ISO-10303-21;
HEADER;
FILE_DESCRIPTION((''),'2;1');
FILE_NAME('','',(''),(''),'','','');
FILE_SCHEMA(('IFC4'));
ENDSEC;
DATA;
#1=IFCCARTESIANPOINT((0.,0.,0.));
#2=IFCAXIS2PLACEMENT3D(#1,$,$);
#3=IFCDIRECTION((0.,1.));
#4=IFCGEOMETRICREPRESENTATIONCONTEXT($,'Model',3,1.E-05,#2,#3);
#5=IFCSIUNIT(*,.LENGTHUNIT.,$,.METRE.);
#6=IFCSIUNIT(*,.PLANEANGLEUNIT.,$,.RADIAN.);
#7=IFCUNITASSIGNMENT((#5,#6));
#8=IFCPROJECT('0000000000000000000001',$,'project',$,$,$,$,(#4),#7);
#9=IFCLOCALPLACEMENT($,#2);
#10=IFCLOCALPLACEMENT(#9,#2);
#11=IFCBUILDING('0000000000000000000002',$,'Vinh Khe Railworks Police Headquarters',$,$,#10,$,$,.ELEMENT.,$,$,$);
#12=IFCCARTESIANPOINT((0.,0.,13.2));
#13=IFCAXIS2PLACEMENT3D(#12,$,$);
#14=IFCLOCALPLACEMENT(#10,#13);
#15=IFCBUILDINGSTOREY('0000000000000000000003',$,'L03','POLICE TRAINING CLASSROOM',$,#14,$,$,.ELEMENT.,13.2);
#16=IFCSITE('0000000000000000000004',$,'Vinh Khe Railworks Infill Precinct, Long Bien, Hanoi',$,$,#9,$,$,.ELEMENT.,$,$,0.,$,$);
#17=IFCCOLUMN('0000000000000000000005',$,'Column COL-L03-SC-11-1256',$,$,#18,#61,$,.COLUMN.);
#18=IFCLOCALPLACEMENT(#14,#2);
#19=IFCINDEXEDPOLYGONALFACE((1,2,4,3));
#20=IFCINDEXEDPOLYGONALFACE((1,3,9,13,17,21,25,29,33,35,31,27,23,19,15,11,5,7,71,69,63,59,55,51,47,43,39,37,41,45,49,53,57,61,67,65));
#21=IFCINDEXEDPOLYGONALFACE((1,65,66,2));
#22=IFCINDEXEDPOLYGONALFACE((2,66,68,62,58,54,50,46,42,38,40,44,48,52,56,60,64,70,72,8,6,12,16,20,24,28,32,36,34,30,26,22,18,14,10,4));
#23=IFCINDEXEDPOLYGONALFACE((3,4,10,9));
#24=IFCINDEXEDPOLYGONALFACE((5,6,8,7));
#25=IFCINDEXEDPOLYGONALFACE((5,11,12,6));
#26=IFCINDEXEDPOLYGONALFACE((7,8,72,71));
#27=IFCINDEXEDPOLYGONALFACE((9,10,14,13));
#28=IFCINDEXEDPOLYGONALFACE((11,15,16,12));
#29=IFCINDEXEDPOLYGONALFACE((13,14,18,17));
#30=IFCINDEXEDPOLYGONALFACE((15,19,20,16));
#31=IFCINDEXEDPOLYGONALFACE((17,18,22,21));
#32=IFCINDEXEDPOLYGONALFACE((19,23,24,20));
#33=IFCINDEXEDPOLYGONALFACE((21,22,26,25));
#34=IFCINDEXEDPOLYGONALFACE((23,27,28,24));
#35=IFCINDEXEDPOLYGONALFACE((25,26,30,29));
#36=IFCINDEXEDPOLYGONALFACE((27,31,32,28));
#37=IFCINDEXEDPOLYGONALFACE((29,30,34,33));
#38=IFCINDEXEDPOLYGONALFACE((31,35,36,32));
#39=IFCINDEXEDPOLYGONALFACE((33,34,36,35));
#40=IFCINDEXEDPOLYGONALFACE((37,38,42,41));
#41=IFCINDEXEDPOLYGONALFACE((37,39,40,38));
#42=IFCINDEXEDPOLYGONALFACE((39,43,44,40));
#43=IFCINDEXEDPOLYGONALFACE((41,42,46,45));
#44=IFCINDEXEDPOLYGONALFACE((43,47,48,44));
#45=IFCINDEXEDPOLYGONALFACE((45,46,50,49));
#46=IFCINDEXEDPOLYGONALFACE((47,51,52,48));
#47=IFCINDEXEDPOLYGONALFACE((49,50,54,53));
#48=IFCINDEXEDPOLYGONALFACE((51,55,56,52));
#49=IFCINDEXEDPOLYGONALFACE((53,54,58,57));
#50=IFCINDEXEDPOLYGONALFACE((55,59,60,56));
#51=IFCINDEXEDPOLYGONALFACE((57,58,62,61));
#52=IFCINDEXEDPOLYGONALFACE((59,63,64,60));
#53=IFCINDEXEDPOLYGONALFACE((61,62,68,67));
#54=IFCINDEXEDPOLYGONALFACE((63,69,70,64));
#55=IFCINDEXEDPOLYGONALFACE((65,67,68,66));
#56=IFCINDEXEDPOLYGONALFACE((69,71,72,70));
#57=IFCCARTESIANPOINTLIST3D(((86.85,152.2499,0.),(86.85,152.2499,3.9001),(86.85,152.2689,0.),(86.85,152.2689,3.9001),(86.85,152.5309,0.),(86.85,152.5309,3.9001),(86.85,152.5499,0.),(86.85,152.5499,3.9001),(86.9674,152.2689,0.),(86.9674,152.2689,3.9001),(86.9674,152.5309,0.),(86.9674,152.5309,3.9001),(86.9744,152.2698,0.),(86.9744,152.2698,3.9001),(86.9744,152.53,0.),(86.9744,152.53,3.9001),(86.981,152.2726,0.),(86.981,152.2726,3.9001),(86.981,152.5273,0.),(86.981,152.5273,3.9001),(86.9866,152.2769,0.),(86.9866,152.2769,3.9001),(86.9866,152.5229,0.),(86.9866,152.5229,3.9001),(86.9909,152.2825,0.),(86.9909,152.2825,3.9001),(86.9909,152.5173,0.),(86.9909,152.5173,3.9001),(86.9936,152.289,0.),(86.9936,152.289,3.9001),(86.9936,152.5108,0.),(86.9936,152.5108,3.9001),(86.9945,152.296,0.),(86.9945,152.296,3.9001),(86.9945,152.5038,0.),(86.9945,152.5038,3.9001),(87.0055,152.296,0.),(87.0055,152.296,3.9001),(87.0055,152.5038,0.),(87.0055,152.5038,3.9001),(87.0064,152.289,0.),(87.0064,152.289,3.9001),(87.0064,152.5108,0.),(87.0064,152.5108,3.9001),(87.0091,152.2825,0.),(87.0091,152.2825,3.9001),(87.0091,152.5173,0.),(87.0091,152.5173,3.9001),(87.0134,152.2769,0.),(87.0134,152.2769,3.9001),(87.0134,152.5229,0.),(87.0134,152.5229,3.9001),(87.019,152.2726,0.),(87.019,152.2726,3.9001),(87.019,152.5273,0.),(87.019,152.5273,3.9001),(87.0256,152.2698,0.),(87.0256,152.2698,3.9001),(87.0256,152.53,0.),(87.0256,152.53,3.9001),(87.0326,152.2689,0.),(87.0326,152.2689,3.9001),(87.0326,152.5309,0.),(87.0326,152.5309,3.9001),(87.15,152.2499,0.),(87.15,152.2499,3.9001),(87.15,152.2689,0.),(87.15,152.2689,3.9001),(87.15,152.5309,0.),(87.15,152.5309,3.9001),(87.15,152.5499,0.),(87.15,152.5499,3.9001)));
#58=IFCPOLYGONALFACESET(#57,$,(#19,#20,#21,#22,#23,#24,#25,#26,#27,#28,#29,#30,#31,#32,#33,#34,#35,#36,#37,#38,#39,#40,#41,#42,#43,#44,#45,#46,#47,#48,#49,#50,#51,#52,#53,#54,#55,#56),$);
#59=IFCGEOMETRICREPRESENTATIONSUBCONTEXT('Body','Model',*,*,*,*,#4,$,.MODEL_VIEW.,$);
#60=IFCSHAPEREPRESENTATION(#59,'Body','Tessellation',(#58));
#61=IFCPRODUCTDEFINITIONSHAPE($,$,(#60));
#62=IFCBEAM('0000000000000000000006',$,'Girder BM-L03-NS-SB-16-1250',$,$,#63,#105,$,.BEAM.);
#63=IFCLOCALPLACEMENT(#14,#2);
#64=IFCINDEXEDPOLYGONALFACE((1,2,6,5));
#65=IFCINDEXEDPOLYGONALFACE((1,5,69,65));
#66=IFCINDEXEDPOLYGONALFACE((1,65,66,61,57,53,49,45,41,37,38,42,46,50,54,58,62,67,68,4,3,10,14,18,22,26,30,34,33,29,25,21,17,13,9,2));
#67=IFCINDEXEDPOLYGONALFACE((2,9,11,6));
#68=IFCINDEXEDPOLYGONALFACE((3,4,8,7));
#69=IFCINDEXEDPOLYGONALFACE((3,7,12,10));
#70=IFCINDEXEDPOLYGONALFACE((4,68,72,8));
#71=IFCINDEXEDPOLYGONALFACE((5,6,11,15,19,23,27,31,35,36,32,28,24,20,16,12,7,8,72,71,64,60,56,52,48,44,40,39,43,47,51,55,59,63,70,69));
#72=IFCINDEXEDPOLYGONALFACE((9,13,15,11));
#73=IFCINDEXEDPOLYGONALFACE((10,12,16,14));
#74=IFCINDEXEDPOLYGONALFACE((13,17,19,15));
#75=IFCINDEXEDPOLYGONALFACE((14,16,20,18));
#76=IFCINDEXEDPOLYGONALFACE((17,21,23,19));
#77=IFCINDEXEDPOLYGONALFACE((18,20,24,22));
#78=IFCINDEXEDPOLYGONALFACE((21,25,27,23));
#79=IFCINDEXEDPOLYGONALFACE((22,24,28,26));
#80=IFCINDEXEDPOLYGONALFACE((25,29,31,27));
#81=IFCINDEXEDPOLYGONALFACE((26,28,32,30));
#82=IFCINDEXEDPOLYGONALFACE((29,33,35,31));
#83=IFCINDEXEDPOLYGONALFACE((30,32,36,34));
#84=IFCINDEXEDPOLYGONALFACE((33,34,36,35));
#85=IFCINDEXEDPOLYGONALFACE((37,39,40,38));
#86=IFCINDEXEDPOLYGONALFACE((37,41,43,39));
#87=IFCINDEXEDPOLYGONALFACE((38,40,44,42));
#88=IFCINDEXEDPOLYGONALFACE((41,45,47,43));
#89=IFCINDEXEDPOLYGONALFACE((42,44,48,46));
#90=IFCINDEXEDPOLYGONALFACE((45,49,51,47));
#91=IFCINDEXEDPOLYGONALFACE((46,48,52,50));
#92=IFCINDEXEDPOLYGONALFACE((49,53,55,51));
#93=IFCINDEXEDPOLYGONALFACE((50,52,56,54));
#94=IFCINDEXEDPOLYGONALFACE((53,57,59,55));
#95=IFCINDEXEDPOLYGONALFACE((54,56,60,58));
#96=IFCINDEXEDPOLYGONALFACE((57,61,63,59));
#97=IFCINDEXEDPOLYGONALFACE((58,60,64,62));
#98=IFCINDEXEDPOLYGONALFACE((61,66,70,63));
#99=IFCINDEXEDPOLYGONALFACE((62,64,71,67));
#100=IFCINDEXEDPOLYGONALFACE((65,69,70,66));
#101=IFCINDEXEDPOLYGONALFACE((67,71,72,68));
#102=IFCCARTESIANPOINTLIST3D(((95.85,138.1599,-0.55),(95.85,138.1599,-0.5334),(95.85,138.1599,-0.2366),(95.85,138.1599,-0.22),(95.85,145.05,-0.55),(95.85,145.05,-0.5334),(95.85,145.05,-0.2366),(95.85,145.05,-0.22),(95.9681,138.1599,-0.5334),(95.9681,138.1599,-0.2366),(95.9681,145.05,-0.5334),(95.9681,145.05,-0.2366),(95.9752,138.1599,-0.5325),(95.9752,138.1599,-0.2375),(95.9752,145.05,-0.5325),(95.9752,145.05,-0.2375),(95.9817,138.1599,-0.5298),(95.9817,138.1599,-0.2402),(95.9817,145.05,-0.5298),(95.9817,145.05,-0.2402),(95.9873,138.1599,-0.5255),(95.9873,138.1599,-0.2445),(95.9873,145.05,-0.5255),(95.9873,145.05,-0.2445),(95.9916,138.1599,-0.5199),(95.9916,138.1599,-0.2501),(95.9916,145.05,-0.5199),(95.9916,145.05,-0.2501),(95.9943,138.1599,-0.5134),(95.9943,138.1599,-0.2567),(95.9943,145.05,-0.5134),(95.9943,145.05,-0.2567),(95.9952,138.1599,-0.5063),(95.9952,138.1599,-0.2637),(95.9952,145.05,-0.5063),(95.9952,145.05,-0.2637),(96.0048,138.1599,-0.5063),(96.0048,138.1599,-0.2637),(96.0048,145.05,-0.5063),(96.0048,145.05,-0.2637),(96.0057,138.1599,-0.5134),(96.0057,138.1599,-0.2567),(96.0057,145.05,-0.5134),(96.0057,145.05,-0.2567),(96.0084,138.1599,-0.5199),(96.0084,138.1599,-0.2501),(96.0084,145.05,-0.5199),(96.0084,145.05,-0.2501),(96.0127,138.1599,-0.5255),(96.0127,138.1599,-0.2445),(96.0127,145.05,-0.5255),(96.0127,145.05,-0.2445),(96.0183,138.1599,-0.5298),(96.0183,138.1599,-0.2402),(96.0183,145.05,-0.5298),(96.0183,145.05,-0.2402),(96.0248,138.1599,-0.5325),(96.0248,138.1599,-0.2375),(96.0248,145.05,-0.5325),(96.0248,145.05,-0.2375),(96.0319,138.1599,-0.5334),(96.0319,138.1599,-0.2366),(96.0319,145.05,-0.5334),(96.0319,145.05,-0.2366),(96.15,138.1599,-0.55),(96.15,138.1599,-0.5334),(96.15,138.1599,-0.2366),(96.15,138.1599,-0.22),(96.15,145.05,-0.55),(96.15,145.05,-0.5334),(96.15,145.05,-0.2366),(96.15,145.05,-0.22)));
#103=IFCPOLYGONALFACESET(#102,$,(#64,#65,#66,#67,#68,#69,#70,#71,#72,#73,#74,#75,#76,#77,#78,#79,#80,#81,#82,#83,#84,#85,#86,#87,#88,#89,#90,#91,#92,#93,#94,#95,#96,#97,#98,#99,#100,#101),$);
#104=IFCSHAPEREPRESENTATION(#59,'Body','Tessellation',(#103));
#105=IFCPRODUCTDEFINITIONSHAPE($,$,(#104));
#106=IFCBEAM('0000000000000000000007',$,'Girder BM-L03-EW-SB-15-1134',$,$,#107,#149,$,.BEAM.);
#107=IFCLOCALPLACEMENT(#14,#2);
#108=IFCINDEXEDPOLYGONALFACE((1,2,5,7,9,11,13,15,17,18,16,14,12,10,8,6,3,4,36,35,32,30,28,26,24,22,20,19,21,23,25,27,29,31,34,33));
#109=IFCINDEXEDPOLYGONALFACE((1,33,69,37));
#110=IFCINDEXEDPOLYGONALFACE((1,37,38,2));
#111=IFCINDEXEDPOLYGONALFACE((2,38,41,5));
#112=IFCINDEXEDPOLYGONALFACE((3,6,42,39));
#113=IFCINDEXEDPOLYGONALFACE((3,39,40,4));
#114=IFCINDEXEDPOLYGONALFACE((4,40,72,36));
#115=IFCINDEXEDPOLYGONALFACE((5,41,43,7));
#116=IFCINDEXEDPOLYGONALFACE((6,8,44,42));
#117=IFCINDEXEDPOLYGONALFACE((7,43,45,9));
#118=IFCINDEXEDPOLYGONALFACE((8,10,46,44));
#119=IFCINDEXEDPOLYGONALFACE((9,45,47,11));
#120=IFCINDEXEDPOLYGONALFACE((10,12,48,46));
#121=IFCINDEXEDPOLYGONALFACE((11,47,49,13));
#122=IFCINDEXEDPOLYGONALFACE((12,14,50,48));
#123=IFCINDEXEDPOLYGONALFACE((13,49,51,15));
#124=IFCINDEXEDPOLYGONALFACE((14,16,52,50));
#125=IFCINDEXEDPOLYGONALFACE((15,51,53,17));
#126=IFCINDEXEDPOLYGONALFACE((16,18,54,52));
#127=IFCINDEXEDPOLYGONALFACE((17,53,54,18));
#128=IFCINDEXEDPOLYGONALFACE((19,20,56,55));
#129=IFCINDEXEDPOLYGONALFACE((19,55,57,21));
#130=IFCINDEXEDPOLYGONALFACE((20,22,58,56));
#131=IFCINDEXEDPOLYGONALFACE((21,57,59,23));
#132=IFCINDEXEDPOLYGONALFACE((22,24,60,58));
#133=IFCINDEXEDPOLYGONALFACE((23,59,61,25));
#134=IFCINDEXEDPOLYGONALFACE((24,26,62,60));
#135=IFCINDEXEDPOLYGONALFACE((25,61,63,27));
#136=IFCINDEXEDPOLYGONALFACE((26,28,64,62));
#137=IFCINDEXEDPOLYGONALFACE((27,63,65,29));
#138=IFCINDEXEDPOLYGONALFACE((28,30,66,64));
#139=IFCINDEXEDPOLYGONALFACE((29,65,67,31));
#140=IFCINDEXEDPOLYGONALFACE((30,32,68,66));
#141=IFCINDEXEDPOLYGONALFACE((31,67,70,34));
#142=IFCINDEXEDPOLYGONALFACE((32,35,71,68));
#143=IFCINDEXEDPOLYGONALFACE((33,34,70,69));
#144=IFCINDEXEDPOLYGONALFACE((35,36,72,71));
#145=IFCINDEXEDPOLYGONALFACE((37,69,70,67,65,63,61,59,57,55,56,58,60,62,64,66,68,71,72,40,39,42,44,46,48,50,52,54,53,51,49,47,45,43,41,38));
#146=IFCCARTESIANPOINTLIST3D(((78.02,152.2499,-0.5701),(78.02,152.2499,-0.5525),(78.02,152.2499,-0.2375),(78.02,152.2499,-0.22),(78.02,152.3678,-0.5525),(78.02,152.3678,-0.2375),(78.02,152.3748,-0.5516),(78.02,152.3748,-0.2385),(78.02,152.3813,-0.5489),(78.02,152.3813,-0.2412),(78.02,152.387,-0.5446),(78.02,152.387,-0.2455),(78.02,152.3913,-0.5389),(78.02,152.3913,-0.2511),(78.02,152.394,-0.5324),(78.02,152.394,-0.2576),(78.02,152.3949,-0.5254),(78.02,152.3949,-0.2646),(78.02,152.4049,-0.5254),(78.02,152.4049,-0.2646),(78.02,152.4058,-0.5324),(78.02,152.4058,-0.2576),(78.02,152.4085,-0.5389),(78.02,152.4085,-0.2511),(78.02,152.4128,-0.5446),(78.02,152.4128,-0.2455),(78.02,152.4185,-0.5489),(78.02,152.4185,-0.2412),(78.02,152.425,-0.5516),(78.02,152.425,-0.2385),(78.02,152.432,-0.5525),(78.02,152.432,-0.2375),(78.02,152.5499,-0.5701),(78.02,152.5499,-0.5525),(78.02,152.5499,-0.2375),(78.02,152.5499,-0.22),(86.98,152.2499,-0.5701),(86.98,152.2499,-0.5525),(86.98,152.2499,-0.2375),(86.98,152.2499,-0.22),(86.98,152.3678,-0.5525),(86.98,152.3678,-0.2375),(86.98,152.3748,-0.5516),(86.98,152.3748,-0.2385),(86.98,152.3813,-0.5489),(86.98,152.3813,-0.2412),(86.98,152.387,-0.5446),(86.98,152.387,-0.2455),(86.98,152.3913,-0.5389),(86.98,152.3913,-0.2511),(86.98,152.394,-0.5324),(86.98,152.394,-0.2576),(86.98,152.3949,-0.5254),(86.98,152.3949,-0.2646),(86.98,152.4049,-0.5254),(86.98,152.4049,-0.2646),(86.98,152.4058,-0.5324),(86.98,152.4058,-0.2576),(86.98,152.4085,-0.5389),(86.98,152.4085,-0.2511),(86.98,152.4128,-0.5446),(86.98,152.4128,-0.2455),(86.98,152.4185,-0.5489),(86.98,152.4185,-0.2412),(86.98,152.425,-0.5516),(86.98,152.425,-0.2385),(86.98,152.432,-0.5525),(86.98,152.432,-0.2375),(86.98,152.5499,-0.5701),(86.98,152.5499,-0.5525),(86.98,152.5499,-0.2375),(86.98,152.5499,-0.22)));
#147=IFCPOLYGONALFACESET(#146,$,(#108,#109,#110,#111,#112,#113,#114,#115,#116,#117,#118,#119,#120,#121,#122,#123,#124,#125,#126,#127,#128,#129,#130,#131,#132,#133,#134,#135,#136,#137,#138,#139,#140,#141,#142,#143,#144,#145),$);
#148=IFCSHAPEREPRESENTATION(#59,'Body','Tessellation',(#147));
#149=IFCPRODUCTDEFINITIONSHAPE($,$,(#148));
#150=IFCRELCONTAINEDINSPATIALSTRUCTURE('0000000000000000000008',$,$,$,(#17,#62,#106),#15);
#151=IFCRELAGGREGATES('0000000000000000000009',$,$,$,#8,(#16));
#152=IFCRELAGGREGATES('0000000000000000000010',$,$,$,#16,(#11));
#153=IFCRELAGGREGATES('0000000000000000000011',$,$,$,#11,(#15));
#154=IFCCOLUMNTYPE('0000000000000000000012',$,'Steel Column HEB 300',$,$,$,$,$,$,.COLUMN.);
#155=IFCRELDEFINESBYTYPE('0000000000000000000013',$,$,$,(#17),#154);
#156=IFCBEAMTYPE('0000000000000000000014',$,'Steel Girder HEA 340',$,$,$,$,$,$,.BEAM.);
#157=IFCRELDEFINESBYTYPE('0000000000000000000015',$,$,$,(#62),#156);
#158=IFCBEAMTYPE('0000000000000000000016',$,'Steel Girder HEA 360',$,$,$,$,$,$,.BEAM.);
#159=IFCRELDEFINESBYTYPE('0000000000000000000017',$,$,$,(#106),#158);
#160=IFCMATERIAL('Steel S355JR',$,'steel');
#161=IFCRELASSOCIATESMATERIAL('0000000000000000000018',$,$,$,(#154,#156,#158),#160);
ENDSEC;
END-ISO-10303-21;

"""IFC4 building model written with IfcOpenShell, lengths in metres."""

from ifc_helpers import new_model, si_unit, direction, frame, origin, origin_2d, place, context, subcontext, project, spatial, i_section, extrude, material, material_profile, profile_set, type_object, element, save


model = new_model("IFC4")

# Units and contexts
model_context = context("Model", 3, precision=1e-05, world=origin(), true_north=direction((0.0, 1.0)))
body_context = subcontext(model_context, "Body", "Model", "MODEL_VIEW")
ifc_project = project(units=[si_unit("LENGTHUNIT", "METRE"), si_unit("PLANEANGLEUNIT", "RADIAN")], contexts=[model_context])

# Site, building, storey
site_placement = place(None, origin())
site = spatial("IfcSite", under=ifc_project, at=site_placement, Name="Vinh Khe Railworks Infill Precinct, Long Bien, Hanoi", CompositionType="ELEMENT", RefElevation=0.0)
building_placement = place(site_placement, origin())
building = spatial("IfcBuilding", under=site, at=building_placement, Name="Vinh Khe Railworks Police Headquarters", CompositionType="ELEMENT")
storey_placement = place(building_placement, frame((0.0, 0.0, 13.2)))
storey = spatial("IfcBuildingStorey", under=building, at=storey_placement, Name="L03", Description="POLICE TRAINING CLASSROOM", CompositionType="ELEMENT", Elevation=13.2)

# Column
ifc_material_1 = material(Name="Steel S355JR", Category="steel")
ifc_material_profile_1 = material_profile(ifc_material_1, i_section(OverallWidth=0.3, OverallDepth=0.3, WebThickness=0.011, FlangeThickness=0.019, FilletRadius=0.0271, at=origin_2d()), Name="HEB 300")
ifc_profile_set_1 = profile_set([ifc_material_profile_1], Name="Steel S355JR")
column_type_1 = type_object("IfcColumnType", Name="Steel Column HEB 300", PredefinedType="COLUMN", material=ifc_profile_set_1)
column_placement = place(storey_placement, frame((87.0, 152.3999, 0.0), z_axis=(0.0, 0.0, 1.0), x_axis=(1.0, 0.0, 0.0)))
element("IfcColumn", 1, at=column_placement, inside=storey, type_object=column_type_1, Name="Column COL-L03-SC-11-1256", PredefinedType="COLUMN", context=body_context, shape_type="SweptSolid", body=[
    extrude(i_section(OverallWidth=0.3, OverallDepth=0.3, WebThickness=0.011, FlangeThickness=0.019, FilletRadius=0.0271, at=origin_2d()), origin(), (0.0, 0.0, 1.0), 3.9001),
])

# Beams
ifc_material_profile_2 = material_profile(ifc_material_1, i_section(OverallWidth=0.3, OverallDepth=0.3301, WebThickness=0.0095, FlangeThickness=0.0166, FilletRadius=0.0271, at=origin_2d()), Name="HEA 340")
ifc_profile_set_2 = profile_set([ifc_material_profile_2], Name="Steel S355JR")
beam_type_1 = type_object("IfcBeamType", Name="Steel Girder HEA 340", PredefinedType="BEAM", material=ifc_profile_set_2)
beam_1_placement = place(storey_placement, frame((96.0, 138.1599, -0.385), z_axis=(0.0, 1.0, 0.0), x_axis=(-1.0, 0.0, 0.0)))
element("IfcBeam", 2, at=beam_1_placement, inside=storey, type_object=beam_type_1, Name="Girder BM-L03-NS-SB-16-1250", PredefinedType="BEAM", context=body_context, shape_type="SweptSolid", body=[
    extrude(i_section(OverallWidth=0.3, OverallDepth=0.3301, WebThickness=0.0095, FlangeThickness=0.0166, FilletRadius=0.0271, at=origin_2d()), origin(), (0.0, 0.0, 1.0), 6.8901),
])
ifc_material_profile_3 = material_profile(ifc_material_1, i_section(OverallWidth=0.3, OverallDepth=0.3501, WebThickness=0.01, FlangeThickness=0.0176, FilletRadius=0.0271, at=origin_2d()), Name="HEA 360")
ifc_profile_set_3 = profile_set([ifc_material_profile_3], Name="Steel S355JR")
beam_type_2 = type_object("IfcBeamType", Name="Steel Girder HEA 360", PredefinedType="BEAM", material=ifc_profile_set_3)
beam_2_placement = place(storey_placement, frame((78.02, 152.3999, -0.395), z_axis=(1.0, 0.0, 0.0), x_axis=(0.0, 1.0, 0.0)))
element("IfcBeam", 3, at=beam_2_placement, inside=storey, type_object=beam_type_2, Name="Girder BM-L03-EW-SB-15-1134", PredefinedType="BEAM", context=body_context, shape_type="SweptSolid", body=[
    extrude(i_section(OverallWidth=0.3, OverallDepth=0.3501, WebThickness=0.01, FlangeThickness=0.0176, FilletRadius=0.0271, at=origin_2d()), origin(), (0.0, 0.0, 1.0), 8.96),
])

save(model, "model.ifc")
